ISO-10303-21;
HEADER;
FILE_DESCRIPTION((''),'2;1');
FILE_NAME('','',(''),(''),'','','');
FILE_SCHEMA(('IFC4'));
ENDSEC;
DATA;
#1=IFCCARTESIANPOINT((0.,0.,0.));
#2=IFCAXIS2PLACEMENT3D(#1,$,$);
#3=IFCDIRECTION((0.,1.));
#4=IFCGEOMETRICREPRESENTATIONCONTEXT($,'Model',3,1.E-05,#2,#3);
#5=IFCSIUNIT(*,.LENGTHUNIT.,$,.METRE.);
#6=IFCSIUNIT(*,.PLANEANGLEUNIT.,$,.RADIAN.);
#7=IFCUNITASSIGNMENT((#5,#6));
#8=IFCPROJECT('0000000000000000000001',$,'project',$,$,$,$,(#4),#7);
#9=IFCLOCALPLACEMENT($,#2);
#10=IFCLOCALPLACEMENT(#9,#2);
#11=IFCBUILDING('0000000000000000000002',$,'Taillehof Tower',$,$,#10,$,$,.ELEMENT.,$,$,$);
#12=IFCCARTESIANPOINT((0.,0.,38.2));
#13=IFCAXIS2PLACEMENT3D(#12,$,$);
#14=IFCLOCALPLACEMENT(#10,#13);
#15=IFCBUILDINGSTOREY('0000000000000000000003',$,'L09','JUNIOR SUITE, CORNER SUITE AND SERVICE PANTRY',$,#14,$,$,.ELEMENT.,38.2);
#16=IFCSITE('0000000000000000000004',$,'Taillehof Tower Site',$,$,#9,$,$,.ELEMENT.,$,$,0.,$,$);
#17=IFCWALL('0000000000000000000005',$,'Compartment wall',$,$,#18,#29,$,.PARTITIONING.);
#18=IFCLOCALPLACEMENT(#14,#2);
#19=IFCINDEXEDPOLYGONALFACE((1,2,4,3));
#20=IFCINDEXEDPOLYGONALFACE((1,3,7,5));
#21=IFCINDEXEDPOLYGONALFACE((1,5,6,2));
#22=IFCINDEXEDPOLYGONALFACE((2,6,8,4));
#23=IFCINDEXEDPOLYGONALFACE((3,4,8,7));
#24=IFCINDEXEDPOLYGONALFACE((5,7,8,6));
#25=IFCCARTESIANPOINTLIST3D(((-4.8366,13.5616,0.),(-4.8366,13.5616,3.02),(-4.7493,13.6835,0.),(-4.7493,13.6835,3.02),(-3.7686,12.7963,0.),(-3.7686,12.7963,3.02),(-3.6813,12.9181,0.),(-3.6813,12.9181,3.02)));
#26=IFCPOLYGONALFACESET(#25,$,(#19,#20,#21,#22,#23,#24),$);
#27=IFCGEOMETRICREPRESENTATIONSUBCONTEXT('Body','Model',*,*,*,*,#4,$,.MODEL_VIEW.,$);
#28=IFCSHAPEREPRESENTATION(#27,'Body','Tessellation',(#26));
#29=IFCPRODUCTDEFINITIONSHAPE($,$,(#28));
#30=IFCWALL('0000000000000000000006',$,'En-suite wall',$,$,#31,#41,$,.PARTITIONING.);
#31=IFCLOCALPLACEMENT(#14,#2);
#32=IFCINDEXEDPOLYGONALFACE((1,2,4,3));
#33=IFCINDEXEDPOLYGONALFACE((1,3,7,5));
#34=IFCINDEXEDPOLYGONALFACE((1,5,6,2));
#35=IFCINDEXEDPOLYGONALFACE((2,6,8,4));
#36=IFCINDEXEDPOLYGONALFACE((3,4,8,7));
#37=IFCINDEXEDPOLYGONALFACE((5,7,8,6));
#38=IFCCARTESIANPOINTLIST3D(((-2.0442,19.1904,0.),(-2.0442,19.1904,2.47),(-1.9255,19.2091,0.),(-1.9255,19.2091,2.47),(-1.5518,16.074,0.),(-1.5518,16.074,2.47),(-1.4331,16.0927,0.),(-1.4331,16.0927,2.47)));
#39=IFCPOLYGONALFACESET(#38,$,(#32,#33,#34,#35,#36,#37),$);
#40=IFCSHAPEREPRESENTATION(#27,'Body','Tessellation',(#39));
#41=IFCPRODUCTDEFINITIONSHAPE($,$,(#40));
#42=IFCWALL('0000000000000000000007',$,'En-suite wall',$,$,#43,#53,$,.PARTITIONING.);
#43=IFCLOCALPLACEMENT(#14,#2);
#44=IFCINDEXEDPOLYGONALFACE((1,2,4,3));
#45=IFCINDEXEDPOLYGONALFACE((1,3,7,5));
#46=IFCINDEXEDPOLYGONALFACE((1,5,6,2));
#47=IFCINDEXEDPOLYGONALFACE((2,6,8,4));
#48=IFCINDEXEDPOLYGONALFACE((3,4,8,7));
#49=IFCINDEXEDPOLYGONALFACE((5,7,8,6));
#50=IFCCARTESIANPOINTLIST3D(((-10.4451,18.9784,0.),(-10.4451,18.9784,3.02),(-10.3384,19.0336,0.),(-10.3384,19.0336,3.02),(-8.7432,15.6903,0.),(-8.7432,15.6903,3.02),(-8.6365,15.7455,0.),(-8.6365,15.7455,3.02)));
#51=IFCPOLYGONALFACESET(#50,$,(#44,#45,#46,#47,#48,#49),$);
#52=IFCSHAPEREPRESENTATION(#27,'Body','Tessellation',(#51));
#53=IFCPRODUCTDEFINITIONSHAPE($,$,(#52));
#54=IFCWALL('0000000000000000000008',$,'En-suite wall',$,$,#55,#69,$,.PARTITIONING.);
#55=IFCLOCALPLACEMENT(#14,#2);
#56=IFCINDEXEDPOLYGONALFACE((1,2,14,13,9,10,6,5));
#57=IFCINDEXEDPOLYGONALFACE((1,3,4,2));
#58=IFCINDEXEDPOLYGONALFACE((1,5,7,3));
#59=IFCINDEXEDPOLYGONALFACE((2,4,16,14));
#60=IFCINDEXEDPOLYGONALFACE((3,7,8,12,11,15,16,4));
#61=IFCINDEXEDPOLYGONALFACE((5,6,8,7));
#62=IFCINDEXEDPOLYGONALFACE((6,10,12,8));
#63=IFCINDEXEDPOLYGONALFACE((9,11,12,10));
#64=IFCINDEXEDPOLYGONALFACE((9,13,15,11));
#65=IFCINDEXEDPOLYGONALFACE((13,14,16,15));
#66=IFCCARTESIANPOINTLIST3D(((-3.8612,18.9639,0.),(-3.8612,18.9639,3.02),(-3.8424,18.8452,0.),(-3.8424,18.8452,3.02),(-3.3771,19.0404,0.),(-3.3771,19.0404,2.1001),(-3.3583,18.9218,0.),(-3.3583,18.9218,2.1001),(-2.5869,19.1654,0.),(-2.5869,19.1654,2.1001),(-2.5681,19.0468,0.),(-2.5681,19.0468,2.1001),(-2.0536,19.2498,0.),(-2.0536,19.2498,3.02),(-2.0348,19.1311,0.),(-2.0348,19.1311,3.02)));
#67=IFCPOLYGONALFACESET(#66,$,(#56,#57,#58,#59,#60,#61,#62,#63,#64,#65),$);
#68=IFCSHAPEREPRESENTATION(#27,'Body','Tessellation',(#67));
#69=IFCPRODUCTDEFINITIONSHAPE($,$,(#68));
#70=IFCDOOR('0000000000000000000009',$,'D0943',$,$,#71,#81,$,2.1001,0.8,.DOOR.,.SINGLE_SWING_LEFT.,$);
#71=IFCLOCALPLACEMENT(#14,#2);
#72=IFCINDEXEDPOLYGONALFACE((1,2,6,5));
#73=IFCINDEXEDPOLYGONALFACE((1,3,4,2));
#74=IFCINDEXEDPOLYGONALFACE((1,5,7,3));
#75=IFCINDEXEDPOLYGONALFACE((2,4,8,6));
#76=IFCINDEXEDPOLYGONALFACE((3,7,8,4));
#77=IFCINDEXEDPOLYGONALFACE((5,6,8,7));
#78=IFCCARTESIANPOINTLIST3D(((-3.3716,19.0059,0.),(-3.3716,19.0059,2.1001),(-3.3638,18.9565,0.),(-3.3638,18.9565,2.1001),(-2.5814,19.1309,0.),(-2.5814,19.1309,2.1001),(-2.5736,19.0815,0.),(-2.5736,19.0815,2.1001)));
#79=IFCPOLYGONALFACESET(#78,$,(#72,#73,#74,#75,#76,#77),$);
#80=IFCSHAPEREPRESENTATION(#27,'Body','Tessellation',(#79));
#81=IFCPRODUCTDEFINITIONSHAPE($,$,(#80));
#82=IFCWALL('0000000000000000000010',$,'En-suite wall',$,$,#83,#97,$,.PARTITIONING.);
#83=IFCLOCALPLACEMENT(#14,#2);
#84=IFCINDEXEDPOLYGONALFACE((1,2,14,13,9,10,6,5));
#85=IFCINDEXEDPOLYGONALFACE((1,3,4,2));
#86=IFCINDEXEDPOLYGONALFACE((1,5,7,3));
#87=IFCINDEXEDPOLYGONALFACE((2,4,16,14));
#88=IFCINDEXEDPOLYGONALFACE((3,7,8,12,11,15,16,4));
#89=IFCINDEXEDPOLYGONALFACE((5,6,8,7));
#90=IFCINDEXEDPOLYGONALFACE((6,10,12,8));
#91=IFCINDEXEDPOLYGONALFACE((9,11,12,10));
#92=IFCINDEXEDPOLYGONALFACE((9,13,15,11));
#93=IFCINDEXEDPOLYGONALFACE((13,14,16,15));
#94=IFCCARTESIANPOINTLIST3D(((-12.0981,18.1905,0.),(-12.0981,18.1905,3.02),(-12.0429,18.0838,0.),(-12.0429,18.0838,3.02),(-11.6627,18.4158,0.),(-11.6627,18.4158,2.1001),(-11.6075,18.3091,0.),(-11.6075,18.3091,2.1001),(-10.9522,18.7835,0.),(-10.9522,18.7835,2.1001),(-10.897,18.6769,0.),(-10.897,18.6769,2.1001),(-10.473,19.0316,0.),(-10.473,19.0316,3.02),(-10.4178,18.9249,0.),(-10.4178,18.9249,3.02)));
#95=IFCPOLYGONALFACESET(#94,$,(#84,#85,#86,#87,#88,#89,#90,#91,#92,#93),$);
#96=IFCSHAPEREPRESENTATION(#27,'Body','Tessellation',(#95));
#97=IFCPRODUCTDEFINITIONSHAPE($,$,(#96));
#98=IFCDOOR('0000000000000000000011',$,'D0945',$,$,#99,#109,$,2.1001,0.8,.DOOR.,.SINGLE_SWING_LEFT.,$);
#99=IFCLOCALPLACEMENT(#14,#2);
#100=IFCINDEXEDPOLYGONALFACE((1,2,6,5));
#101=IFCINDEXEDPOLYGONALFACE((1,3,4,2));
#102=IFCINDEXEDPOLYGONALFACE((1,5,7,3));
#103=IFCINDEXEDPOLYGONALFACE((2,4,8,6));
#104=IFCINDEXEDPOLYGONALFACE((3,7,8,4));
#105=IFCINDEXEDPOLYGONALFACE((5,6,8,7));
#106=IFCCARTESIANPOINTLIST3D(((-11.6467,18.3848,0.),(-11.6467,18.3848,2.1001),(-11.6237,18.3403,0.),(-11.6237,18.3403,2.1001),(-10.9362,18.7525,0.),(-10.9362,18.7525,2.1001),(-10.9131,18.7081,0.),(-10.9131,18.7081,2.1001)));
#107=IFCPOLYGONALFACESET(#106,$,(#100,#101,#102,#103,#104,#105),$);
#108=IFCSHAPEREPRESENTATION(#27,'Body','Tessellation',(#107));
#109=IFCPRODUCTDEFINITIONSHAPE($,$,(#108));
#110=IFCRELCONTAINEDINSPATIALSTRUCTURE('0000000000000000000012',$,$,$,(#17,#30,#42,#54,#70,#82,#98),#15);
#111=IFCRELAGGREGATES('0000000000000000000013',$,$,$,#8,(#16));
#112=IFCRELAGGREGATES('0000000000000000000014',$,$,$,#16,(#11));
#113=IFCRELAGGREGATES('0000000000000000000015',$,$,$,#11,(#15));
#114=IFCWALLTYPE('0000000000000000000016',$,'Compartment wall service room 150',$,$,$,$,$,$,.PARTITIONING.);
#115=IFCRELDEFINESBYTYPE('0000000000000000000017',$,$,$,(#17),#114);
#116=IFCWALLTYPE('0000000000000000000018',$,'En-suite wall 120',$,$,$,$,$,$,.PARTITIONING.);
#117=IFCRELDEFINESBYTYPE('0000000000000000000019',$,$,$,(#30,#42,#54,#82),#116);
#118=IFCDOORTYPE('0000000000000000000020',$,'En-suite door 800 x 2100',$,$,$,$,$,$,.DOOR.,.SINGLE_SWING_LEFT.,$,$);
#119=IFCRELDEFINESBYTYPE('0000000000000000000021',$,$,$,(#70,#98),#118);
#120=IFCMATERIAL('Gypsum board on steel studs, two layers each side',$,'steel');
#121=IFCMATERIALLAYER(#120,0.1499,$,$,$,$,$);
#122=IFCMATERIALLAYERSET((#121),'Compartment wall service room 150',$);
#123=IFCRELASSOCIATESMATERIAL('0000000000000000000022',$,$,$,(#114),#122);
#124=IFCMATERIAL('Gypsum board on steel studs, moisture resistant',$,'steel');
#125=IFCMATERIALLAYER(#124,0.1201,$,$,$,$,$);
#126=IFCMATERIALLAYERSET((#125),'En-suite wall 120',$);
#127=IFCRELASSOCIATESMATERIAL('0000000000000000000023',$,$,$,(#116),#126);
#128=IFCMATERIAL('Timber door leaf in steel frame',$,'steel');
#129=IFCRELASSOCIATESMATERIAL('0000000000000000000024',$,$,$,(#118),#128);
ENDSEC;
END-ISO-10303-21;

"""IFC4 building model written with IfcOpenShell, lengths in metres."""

from ifc_helpers import new_model, si_unit, direction, frame, frame_2d, origin, place, context, subcontext, project, spatial, rectangle, extrude, material, layer, layer_set, type_object, element, fill, save


model = new_model("IFC4")

# Units and contexts
model_context = context("Model", 3, precision=1e-05, world=origin(), true_north=direction((0.0, 1.0)))
body_context = subcontext(model_context, "Body", "Model", "MODEL_VIEW")
ifc_project = project(units=[si_unit("LENGTHUNIT", "METRE"), si_unit("PLANEANGLEUNIT", "RADIAN")], contexts=[model_context])

# Site, building, storey
site_placement = place(None, origin())
site = spatial("IfcSite", under=ifc_project, at=site_placement, Name="Taillehof Tower Site", CompositionType="ELEMENT", RefElevation=0.0)
building_placement = place(site_placement, origin())
building = spatial("IfcBuilding", under=site, at=building_placement, Name="Taillehof Tower", CompositionType="ELEMENT")
storey_placement = place(building_placement, frame((0.0, 0.0, 38.2)))
storey = spatial("IfcBuildingStorey", under=building, at=storey_placement, Name="L09", Description="JUNIOR SUITE, CORNER SUITE AND SERVICE PANTRY", CompositionType="ELEMENT", Elevation=38.2)

# Walls
ifc_material_1 = material(Name="Gypsum board on steel studs, two layers each side", Category="steel")
ifc_layer_1 = layer(ifc_material_1, 0.1499)
ifc_layer_set_1 = layer_set([ifc_layer_1], Name="Compartment wall service room 150")
wall_type_1 = type_object("IfcWallType", Name="Compartment wall service room 150", PredefinedType="PARTITIONING", material=ifc_layer_set_1)
wall_1_placement = place(storey_placement, frame((-4.793, 13.6226, 0.0), z_axis=(0.0, 0.0, 1.0), x_axis=(0.812854, -0.582468, 0.0)))
element("IfcWall", 1, at=wall_1_placement, inside=storey, type_object=wall_type_1, Name="Compartment wall", PredefinedType="PARTITIONING", context=body_context, shape_type="SweptSolid", body=[
    extrude(rectangle(XDim=1.314, YDim=0.1499, at=frame_2d((0.657, 0.0))), origin(), (0.0, 0.0, 1.0), 3.02),
])
ifc_material_2 = material(Name="Gypsum board on steel studs, moisture resistant", Category="steel")
ifc_layer_2 = layer(ifc_material_2, 0.1201)
ifc_layer_set_2 = layer_set([ifc_layer_2], Name="En-suite wall 120")
wall_type_2 = type_object("IfcWallType", Name="En-suite wall 120", PredefinedType="PARTITIONING", material=ifc_layer_set_2)
wall_2_placement = place(storey_placement, frame((-1.4924, 16.0833, 0.0), z_axis=(0.0, 0.0, 1.0), x_axis=(-0.156074, 0.987745, 0.0)))
element("IfcWall", 2, at=wall_2_placement, inside=storey, type_object=wall_type_2, Name="En-suite wall", PredefinedType="PARTITIONING", context=body_context, shape_type="SweptSolid", body=[
    extrude(rectangle(XDim=3.155, YDim=0.1201, at=frame_2d((1.5776, 0.0))), origin(), (0.0, 0.0, 1.0), 2.47),
])
wall_3_placement = place(storey_placement, frame((-8.6899, 15.718, 0.0), z_axis=(0.0, 0.0, 1.0), x_axis=(-0.459672, 0.888089, 0.0)))
element("IfcWall", 3, at=wall_3_placement, inside=storey, type_object=wall_type_2, Name="En-suite wall", PredefinedType="PARTITIONING", context=body_context, shape_type="SweptSolid", body=[
    extrude(rectangle(XDim=3.7024, YDim=0.1201, at=frame_2d((1.8511, 0.0))), origin(), (0.0, 0.0, 1.0), 3.02),
])

# Walls, openings, doors
wall_4_placement = place(storey_placement, frame((-2.0442, 19.1904, 0.0), z_axis=(0.0, 0.0, 1.0), x_axis=(-0.987723, -0.156216, 0.0)))
wall_4 = element("IfcWall", 4, at=wall_4_placement, inside=storey, type_object=wall_type_2, Name="En-suite wall", PredefinedType="PARTITIONING", context=body_context, shape_type="SweptSolid", body=[
    extrude(rectangle(XDim=1.8301, YDim=0.1201, at=frame_2d((0.915, 0.0))), origin(), (0.0, 0.0, 1.0), 3.02),
])
opening_1_placement = place(wall_4_placement, frame((0.54, 0.0, 0.0)))
opening_1 = element("IfcOpeningElement", 5, at=opening_1_placement, cuts=wall_4, PredefinedType="OPENING", context=body_context, shape_type="SweptSolid", body=[
    extrude(rectangle(XDim=0.8, YDim=2.1001, at=frame_2d((0.3999, 1.05))), frame((0.0, 0.0701, 0.0), z_axis=(0.0, -1.0, 0.0), x_axis=(1.0, 0.0, 0.0)), (0.0, 0.0, 1.0), 0.1401),
])
ifc_material_3 = material(Name="Timber door leaf in steel frame", Category="steel")
door_type_1 = type_object("IfcDoorType", Name="En-suite door 800 x 2100", OperationType="SINGLE_SWING_LEFT", PredefinedType="DOOR", material=ifc_material_3)
door_1_placement = place(opening_1_placement, origin())
door_1 = element("IfcDoor", 6, at=door_1_placement, inside=storey, type_object=door_type_1, Name="D0943", OperationType="SINGLE_SWING_LEFT", OverallHeight=2.1001, OverallWidth=0.8, PredefinedType="DOOR", context=body_context, shape_type="SweptSolid", body=[
    extrude(rectangle(XDim=0.8, YDim=2.1001, at=frame_2d((0.3999, 1.05))), frame((0.0, 0.0249, 0.0), z_axis=(0.0, -1.0, 0.0), x_axis=(1.0, 0.0, 0.0)), (0.0, 0.0, 1.0), 0.05),
])
fill(opening_1, door_1)
wall_5_placement = place(storey_placement, frame((-10.4453, 18.9783, 0.0), z_axis=(0.0, 0.0, 1.0), x_axis=(-0.888096, -0.459659, 0.0)))
wall_5 = element("IfcWall", 7, at=wall_5_placement, inside=storey, type_object=wall_type_2, Name="En-suite wall", PredefinedType="PARTITIONING", context=body_context, shape_type="SweptSolid", body=[
    extrude(rectangle(XDim=1.8298, YDim=0.1201, at=frame_2d((0.915, 0.0))), origin(), (0.0, 0.0, 1.0), 3.02),
])
opening_2_placement = place(wall_5_placement, frame((0.5398, 0.0, 0.0)))
opening_2 = element("IfcOpeningElement", 8, at=opening_2_placement, cuts=wall_5, PredefinedType="OPENING", context=body_context, shape_type="SweptSolid", body=[
    extrude(rectangle(XDim=0.8, YDim=2.1001, at=frame_2d((0.3999, 1.05))), frame((0.0, 0.0701, 0.0), z_axis=(0.0, -1.0, 0.0), x_axis=(1.0, 0.0, 0.0)), (0.0, 0.0, 1.0), 0.1401),
])
door_2_placement = place(opening_2_placement, origin())
door_2 = element("IfcDoor", 9, at=door_2_placement, inside=storey, type_object=door_type_1, Name="D0945", OperationType="SINGLE_SWING_LEFT", OverallHeight=2.1001, OverallWidth=0.8, PredefinedType="DOOR", context=body_context, shape_type="SweptSolid", body=[
    extrude(rectangle(XDim=0.8, YDim=2.1001, at=frame_2d((0.3999, 1.05))), frame((0.0, 0.0249, 0.0), z_axis=(0.0, -1.0, 0.0), x_axis=(1.0, 0.0, 0.0)), (0.0, 0.0, 1.0), 0.05),
])
fill(opening_2, door_2)

save(model, "model.ifc")
